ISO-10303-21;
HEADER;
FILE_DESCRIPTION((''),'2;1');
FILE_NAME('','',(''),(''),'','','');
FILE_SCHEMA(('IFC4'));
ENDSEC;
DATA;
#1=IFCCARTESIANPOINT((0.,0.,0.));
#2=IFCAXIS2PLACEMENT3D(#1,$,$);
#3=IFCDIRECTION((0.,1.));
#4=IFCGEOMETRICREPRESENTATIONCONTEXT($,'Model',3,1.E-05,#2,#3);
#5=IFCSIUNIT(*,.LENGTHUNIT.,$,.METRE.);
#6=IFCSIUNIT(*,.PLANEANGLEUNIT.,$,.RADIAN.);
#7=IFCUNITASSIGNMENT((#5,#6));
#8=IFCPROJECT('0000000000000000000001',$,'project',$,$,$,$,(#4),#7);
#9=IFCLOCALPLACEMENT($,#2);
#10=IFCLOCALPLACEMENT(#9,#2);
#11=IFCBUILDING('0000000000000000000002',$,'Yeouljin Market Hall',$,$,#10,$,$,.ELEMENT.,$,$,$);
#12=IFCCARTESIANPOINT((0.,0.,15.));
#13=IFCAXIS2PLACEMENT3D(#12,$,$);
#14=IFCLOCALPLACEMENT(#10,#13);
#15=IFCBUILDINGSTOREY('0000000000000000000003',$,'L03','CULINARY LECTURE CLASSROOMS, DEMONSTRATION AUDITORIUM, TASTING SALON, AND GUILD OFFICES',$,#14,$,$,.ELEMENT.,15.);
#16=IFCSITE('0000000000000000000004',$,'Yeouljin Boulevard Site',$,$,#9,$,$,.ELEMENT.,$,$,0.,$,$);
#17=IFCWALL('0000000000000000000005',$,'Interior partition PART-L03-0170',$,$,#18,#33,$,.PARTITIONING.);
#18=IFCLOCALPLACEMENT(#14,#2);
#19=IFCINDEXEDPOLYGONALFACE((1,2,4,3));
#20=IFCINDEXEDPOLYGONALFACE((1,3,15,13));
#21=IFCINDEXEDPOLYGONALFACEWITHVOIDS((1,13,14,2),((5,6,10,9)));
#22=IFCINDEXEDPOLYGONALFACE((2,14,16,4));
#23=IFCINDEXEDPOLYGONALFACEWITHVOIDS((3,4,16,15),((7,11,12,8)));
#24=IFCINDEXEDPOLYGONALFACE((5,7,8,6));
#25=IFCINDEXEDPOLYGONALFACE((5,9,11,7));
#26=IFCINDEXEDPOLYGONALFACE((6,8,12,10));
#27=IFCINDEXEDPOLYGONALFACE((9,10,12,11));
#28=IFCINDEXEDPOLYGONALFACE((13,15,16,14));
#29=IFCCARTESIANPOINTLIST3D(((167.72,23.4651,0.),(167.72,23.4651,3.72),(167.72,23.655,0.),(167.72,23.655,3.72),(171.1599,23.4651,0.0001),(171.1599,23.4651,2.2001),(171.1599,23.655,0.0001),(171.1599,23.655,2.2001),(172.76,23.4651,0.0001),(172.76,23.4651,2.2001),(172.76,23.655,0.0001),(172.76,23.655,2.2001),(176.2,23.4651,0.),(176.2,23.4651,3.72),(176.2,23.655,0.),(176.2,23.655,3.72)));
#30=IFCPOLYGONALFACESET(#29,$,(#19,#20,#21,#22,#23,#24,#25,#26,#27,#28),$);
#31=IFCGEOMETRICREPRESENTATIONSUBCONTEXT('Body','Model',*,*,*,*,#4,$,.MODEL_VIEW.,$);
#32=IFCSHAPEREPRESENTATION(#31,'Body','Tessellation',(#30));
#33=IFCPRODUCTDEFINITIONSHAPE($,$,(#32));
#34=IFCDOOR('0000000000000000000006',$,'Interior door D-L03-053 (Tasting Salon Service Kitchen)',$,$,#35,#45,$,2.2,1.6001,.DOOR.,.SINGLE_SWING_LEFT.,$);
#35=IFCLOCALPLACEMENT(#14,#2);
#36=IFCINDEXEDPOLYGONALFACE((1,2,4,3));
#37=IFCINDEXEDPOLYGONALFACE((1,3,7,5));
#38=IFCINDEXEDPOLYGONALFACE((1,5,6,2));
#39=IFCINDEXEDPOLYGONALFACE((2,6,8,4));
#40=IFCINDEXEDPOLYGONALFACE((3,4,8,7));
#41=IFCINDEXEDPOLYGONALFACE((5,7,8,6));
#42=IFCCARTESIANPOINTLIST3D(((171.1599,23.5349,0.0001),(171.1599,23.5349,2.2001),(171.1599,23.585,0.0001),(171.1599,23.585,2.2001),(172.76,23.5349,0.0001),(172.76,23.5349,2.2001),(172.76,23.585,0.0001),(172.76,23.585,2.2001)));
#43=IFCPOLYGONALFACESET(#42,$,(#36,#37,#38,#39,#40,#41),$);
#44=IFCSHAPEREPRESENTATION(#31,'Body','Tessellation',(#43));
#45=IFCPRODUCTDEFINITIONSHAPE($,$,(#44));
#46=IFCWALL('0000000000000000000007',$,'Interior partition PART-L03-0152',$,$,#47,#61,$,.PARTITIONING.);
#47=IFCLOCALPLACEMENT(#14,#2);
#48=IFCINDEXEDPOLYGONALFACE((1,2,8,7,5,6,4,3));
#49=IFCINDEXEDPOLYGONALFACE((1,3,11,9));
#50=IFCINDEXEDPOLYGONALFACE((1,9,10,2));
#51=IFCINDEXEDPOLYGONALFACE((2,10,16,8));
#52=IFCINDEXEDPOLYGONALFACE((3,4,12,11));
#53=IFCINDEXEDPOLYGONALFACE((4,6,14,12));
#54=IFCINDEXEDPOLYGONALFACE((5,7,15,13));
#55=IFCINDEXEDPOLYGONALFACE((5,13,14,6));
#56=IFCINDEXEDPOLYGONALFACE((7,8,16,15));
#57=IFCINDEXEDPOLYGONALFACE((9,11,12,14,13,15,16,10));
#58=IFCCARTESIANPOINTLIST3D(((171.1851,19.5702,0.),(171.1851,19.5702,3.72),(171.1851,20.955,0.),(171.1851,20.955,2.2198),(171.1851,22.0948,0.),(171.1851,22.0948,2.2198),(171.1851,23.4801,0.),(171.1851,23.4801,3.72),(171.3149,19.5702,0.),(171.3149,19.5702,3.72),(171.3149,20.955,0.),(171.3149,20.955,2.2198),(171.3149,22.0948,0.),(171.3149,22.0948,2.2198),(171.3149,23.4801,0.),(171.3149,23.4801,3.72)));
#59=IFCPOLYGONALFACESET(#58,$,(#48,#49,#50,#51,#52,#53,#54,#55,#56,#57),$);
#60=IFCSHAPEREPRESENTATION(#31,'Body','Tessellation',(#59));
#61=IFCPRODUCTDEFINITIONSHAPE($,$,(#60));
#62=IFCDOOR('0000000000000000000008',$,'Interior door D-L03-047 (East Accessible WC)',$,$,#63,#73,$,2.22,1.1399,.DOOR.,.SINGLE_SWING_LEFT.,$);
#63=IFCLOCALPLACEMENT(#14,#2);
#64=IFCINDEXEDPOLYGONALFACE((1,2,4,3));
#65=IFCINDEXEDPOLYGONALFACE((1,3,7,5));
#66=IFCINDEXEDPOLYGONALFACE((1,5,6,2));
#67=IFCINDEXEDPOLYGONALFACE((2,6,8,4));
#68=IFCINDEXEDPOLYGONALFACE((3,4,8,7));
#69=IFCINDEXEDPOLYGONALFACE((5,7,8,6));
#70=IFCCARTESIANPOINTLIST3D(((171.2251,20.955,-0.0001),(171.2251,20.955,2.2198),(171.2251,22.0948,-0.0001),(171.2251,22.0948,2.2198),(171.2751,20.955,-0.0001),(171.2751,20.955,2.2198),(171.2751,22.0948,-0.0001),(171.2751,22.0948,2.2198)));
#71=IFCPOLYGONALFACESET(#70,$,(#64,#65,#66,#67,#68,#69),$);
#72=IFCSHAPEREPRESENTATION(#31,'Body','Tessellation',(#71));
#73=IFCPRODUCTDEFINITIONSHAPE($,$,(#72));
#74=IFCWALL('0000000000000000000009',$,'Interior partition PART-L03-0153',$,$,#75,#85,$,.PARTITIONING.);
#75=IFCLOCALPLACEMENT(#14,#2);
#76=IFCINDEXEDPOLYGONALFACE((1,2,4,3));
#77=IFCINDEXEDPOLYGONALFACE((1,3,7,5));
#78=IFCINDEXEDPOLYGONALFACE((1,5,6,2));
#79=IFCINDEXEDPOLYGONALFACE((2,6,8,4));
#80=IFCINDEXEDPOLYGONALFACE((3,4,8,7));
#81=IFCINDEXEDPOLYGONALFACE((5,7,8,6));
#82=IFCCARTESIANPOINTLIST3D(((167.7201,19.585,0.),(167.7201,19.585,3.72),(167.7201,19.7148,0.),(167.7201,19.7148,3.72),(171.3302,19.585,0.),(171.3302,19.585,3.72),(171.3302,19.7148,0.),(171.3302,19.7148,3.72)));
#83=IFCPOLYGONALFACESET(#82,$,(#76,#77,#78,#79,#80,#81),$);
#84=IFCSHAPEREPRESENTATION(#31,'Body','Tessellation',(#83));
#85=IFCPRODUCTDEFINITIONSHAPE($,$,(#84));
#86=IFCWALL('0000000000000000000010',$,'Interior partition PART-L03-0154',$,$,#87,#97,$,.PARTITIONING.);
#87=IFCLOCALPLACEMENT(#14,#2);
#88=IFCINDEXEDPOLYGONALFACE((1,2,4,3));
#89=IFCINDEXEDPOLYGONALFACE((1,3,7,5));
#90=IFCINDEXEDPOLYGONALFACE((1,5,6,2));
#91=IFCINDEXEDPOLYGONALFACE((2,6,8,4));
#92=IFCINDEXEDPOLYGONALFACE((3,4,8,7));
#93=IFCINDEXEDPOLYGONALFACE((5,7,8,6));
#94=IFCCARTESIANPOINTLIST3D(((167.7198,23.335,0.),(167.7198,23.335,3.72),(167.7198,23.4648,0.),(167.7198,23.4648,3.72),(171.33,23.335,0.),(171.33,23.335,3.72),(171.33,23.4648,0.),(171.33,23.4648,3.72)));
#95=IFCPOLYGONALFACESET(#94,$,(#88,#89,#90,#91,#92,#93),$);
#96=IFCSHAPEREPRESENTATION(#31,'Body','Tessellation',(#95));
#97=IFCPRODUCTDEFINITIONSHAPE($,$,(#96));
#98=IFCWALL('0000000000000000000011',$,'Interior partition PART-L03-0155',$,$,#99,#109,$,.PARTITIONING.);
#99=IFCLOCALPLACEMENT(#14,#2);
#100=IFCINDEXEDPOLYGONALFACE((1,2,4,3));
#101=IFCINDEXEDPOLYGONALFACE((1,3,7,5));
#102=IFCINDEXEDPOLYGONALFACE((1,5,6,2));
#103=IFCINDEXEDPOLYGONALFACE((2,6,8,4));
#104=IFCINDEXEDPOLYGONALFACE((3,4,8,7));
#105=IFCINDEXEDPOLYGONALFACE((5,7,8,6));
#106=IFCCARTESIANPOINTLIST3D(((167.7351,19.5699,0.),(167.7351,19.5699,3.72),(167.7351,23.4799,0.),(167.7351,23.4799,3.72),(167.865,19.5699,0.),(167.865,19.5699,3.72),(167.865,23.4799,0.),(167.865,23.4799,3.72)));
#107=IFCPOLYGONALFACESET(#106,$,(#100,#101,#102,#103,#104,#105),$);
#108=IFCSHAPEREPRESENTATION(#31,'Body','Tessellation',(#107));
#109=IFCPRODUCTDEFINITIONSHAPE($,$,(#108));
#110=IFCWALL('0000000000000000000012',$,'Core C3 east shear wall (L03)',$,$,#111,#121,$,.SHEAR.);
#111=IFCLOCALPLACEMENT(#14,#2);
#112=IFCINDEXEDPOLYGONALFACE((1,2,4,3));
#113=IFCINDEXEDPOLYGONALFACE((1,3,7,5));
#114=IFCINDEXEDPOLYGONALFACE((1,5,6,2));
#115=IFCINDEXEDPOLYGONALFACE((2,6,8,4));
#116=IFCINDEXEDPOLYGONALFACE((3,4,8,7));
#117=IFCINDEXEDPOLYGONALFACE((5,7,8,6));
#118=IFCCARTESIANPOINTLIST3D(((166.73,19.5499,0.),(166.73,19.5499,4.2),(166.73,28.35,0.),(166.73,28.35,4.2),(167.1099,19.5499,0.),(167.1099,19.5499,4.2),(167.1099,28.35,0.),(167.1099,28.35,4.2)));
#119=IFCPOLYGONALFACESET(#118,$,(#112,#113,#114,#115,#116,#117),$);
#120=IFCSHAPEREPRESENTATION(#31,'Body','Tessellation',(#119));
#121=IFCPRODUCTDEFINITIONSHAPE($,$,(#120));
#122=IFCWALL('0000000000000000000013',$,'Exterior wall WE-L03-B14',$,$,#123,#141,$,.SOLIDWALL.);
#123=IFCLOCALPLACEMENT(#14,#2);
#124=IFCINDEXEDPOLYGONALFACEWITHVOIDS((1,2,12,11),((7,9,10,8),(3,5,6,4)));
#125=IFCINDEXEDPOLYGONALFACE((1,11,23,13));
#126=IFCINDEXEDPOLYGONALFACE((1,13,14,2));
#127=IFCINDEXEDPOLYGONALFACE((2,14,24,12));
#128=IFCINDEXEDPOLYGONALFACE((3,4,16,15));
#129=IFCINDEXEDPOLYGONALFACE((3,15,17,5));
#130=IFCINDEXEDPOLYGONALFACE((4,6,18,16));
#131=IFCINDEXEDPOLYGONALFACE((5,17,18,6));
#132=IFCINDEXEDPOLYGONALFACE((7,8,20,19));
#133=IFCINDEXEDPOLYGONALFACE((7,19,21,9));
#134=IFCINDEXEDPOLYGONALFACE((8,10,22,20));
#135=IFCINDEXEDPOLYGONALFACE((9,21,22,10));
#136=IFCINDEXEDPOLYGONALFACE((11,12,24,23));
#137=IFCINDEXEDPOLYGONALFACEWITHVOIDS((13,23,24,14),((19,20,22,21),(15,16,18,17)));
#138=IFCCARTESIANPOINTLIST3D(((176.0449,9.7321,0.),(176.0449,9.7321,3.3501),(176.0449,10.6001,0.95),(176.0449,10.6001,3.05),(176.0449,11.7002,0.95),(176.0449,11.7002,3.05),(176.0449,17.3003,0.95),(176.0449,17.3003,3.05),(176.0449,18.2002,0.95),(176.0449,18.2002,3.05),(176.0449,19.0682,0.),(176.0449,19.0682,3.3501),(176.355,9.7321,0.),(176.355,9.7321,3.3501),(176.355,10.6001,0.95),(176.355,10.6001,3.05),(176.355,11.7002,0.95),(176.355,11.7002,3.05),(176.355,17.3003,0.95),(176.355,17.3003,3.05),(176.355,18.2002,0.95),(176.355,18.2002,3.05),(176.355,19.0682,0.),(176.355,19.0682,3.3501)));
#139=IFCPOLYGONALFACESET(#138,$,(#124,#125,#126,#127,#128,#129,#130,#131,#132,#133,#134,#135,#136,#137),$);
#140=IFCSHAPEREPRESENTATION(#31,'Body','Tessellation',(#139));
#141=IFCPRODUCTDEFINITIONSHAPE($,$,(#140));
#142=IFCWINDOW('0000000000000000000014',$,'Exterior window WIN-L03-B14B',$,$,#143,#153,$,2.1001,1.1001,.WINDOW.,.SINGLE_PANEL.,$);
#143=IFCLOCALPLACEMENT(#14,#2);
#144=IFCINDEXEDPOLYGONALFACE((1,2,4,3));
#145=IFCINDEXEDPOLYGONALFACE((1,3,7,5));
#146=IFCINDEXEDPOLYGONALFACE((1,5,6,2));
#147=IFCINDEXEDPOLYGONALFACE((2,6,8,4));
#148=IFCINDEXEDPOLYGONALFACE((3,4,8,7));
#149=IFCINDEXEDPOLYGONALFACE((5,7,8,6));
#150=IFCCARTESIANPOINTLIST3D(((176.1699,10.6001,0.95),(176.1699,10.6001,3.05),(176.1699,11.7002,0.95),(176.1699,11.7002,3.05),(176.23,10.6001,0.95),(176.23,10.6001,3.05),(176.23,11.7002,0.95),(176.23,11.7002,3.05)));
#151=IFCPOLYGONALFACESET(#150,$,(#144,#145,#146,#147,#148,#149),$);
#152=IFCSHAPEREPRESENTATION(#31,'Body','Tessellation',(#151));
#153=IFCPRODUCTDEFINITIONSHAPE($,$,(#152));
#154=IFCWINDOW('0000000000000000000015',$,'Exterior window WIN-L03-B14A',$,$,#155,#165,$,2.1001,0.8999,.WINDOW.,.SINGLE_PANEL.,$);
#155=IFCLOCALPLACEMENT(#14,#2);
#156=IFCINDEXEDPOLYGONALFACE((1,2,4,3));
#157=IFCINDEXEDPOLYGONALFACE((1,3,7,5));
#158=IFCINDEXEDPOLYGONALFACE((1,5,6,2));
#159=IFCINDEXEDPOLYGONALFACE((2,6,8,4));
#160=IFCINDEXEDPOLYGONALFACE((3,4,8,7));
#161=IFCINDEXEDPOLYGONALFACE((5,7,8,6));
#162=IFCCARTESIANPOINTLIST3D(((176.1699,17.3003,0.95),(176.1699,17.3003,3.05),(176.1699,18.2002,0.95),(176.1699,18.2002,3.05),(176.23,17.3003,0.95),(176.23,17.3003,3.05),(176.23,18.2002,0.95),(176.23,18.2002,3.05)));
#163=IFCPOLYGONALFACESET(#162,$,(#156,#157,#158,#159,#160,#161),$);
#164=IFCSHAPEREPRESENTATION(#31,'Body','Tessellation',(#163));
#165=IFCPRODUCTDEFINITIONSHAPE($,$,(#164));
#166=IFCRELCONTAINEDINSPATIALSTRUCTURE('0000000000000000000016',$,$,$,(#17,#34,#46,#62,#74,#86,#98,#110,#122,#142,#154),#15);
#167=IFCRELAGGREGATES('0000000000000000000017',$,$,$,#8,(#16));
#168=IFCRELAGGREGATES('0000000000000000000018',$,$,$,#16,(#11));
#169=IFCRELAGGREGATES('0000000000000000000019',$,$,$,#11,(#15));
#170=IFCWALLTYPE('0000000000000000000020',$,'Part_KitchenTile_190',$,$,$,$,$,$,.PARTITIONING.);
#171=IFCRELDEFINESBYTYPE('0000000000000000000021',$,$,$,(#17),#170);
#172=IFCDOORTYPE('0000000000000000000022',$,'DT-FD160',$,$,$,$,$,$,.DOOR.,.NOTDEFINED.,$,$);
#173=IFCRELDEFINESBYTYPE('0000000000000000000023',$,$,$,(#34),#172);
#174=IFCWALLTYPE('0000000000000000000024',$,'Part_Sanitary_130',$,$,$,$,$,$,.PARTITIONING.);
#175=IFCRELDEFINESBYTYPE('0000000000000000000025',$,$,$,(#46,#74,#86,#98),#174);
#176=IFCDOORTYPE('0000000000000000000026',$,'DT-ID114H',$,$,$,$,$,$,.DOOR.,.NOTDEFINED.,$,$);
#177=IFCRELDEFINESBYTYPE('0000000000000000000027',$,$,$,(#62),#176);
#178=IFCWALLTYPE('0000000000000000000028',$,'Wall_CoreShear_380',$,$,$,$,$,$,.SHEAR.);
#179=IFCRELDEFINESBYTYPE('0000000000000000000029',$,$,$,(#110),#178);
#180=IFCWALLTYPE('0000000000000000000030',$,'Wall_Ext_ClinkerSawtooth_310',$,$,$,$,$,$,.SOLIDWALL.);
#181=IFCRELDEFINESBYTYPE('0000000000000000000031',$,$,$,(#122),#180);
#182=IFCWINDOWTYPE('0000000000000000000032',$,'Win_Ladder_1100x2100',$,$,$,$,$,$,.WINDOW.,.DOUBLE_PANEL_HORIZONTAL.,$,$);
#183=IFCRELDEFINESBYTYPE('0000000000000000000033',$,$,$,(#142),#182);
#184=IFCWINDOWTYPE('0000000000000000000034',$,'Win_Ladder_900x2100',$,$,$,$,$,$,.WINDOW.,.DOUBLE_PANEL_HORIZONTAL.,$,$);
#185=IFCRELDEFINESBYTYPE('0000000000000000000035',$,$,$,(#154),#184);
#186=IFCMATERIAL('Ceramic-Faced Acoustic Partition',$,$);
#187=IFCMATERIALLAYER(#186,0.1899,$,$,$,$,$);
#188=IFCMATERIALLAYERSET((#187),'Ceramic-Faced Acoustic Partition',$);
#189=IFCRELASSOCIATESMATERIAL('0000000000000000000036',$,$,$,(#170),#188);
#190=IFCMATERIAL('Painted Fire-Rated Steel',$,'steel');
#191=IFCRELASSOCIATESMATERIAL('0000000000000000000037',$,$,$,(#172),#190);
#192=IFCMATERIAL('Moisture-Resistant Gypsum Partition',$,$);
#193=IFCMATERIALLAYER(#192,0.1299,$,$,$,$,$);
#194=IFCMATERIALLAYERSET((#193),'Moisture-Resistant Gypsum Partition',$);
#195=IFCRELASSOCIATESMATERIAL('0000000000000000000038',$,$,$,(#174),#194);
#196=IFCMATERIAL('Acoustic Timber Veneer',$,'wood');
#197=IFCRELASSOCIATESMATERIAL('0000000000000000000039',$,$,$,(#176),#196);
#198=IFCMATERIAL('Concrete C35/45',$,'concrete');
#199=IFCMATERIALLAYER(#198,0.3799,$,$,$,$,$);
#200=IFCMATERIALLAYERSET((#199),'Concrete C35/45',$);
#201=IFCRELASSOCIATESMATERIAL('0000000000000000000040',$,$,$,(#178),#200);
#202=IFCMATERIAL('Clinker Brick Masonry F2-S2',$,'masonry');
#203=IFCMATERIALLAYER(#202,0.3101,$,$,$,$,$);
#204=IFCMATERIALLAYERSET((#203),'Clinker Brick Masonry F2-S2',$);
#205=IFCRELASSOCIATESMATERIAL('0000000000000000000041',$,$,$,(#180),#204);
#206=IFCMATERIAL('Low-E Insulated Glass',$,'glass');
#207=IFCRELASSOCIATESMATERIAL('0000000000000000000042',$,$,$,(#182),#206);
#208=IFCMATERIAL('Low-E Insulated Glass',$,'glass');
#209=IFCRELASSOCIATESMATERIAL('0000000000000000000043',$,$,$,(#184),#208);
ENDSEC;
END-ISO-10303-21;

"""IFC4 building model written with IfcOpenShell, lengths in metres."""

from ifc_helpers import new_model, si_unit, direction, frame, frame_2d, origin, place, context, subcontext, project, spatial, rectangle, extrude, material, layer, layer_set, type_object, element, fill, save


model = new_model("IFC4")

# Units and contexts
model_context = context("Model", 3, precision=1e-05, world=origin(), true_north=direction((0.0, 1.0)))
body_context = subcontext(model_context, "Body", "Model", "MODEL_VIEW")
ifc_project = project(units=[si_unit("LENGTHUNIT", "METRE"), si_unit("PLANEANGLEUNIT", "RADIAN")], contexts=[model_context])

# Site, building, storey
site_placement = place(None, origin())
site = spatial("IfcSite", under=ifc_project, at=site_placement, Name="Yeouljin Boulevard Site", CompositionType="ELEMENT", RefElevation=0.0)
building_placement = place(site_placement, origin())
building = spatial("IfcBuilding", under=site, at=building_placement, Name="Yeouljin Market Hall", CompositionType="ELEMENT")
storey_placement = place(building_placement, frame((0.0, 0.0, 15.0)))
storey = spatial("IfcBuildingStorey", under=building, at=storey_placement, Name="L03", Description="CULINARY LECTURE CLASSROOMS, DEMONSTRATION AUDITORIUM, TASTING SALON, AND GUILD OFFICES", CompositionType="ELEMENT", Elevation=15.0)

# Walls, openings, doors
ifc_material_1 = material(Name="Ceramic-Faced Acoustic Partition")
ifc_layer_1 = layer(ifc_material_1, 0.1899)
ifc_layer_set_1 = layer_set([ifc_layer_1], Name="Ceramic-Faced Acoustic Partition")
wall_type_1 = type_object("IfcWallType", Name="Part_KitchenTile_190", PredefinedType="PARTITIONING", material=ifc_layer_set_1)
wall_1_placement = place(storey_placement, frame((167.72, 23.5601, 0.0), z_axis=(0.0, 0.0, 1.0), x_axis=(1.0, 0.0, 0.0)))
wall_1 = element("IfcWall", 1, at=wall_1_placement, inside=storey, type_object=wall_type_1, Name="Interior partition PART-L03-0170", PredefinedType="PARTITIONING", context=body_context, shape_type="SweptSolid", body=[
    extrude(rectangle(XDim=8.48, YDim=0.1899, at=frame_2d((4.24, 0.0))), origin(), (0.0, 0.0, 1.0), 3.72),
])
opening_1_placement = place(wall_1_placement, frame((3.4399, 0.0, 0.0)))
opening_1 = element("IfcOpeningElement", 2, at=opening_1_placement, cuts=wall_1, PredefinedType="OPENING", context=body_context, shape_type="SweptSolid", body=[
    extrude(rectangle(XDim=1.6001, YDim=2.2, at=frame_2d((0.8, 1.1001))), frame((0.0, 0.105, 0.0), z_axis=(0.0, -1.0, 0.0), x_axis=(1.0, 0.0, 0.0)), (0.0, 0.0, 1.0), 0.21),
])
ifc_material_2 = material(Name="Painted Fire-Rated Steel", Category="steel")
door_type_1 = type_object("IfcDoorType", Name="DT-FD160", OperationType="NOTDEFINED", PredefinedType="DOOR", material=ifc_material_2)
door_1_placement = place(opening_1_placement, origin())
door_1 = element("IfcDoor", 3, at=door_1_placement, inside=storey, type_object=door_type_1, Name="Interior door D-L03-053 (Tasting Salon Service Kitchen)", OperationType="SINGLE_SWING_LEFT", OverallHeight=2.2, OverallWidth=1.6001, PredefinedType="DOOR", context=body_context, shape_type="SweptSolid", body=[
    extrude(rectangle(XDim=1.6001, YDim=2.2, at=frame_2d((0.8, 1.1001))), frame((0.0, 0.0249, 0.0), z_axis=(0.0, -1.0, 0.0), x_axis=(1.0, 0.0, 0.0)), (0.0, 0.0, 1.0), 0.05),
])
fill(opening_1, door_1)
ifc_material_3 = material(Name="Moisture-Resistant Gypsum Partition")
ifc_layer_2 = layer(ifc_material_3, 0.1299)
ifc_layer_set_2 = layer_set([ifc_layer_2], Name="Moisture-Resistant Gypsum Partition")
wall_type_2 = type_object("IfcWallType", Name="Part_Sanitary_130", PredefinedType="PARTITIONING", material=ifc_layer_set_2)
wall_2_placement = place(storey_placement, frame((171.25, 19.5701, 0.0), z_axis=(0.0, 0.0, 1.0), x_axis=(0.0, 1.0, 0.0)))
wall_2 = element("IfcWall", 4, at=wall_2_placement, inside=storey, type_object=wall_type_2, Name="Interior partition PART-L03-0152", PredefinedType="PARTITIONING", context=body_context, shape_type="SweptSolid", body=[
    extrude(rectangle(XDim=3.9099, YDim=0.1299, at=frame_2d((1.9551, 0.0))), origin(), (0.0, 0.0, 1.0), 3.72),
])
opening_2_placement = place(wall_2_placement, frame((1.385, 0.0, 0.0)))
opening_2 = element("IfcOpeningElement", 5, at=opening_2_placement, cuts=wall_2, PredefinedType="OPENING", context=body_context, shape_type="SweptSolid", body=[
    extrude(rectangle(XDim=1.1399, YDim=2.22, at=frame_2d((0.5698, 1.1099))), frame((0.0, 0.075, 0.0), z_axis=(0.0, -1.0, 0.0), x_axis=(1.0, 0.0, 0.0)), (0.0, 0.0, 1.0), 0.1499),
])
ifc_material_4 = material(Name="Acoustic Timber Veneer", Category="wood")
door_type_2 = type_object("IfcDoorType", Name="DT-ID114H", OperationType="NOTDEFINED", PredefinedType="DOOR", material=ifc_material_4)
door_2_placement = place(opening_2_placement, origin())
door_2 = element("IfcDoor", 6, at=door_2_placement, inside=storey, type_object=door_type_2, Name="Interior door D-L03-047 (East Accessible WC)", OperationType="SINGLE_SWING_LEFT", OverallHeight=2.22, OverallWidth=1.1399, PredefinedType="DOOR", context=body_context, shape_type="SweptSolid", body=[
    extrude(rectangle(XDim=1.1399, YDim=2.22, at=frame_2d((0.5698, 1.1099))), frame((0.0, 0.0249, 0.0), z_axis=(0.0, -1.0, 0.0), x_axis=(1.0, 0.0, 0.0)), (0.0, 0.0, 1.0), 0.05),
])
fill(opening_2, door_2)

# Walls
for number, where, z_axis, x_axis, name in (
    (7, (167.72, 19.6499, 0.0), (0.0, 0.0, 1.0), (1.0, 0.0, 0.0), "Interior partition PART-L03-0153"),
    (8, (171.3301, 23.3999, 0.0), (0.0, 0.0, 1.0), (-1.0, 0.0, 0.0), "Interior partition PART-L03-0154"),
):
    element("IfcWall", number, at=place(storey_placement, frame(where, z_axis=z_axis, x_axis=x_axis)), inside=storey, type_object=wall_type_2, Name=name, PredefinedType="PARTITIONING", context=body_context, shape_type="SweptSolid", body=[
        extrude(rectangle(XDim=3.6101, YDim=0.1299, at=frame_2d((1.8052, 0.0))), origin(), (0.0, 0.0, 1.0), 3.72),
    ])
wall_3_placement = place(storey_placement, frame((167.8, 23.48, 0.0), z_axis=(0.0, 0.0, 1.0), x_axis=(0.0, -1.0, 0.0)))
element("IfcWall", 9, at=wall_3_placement, inside=storey, type_object=wall_type_2, Name="Interior partition PART-L03-0155", PredefinedType="PARTITIONING", context=body_context, shape_type="SweptSolid", body=[
    extrude(rectangle(XDim=3.9099, YDim=0.1299, at=frame_2d((1.9551, 0.0))), origin(), (0.0, 0.0, 1.0), 3.72),
])

# Wall
ifc_material_5 = material(Name="Concrete C35/45", Category="concrete")
ifc_layer_3 = layer(ifc_material_5, 0.3799)
ifc_layer_set_3 = layer_set([ifc_layer_3], Name="Concrete C35/45")
wall_type_3 = type_object("IfcWallType", Name="Wall_CoreShear_380", PredefinedType="SHEAR", material=ifc_layer_set_3)
wall_4_placement = place(storey_placement, frame((166.9199, 19.55, 0.0), z_axis=(0.0, 0.0, 1.0), x_axis=(0.0, 1.0, 0.0)))
element("IfcWall", 10, at=wall_4_placement, inside=storey, type_object=wall_type_3, Name="Core C3 east shear wall (L03)", PredefinedType="SHEAR", context=body_context, shape_type="SweptSolid", body=[
    extrude(rectangle(XDim=8.8, YDim=0.3799, at=frame_2d((4.3999, 0.0))), origin(), (0.0, 0.0, 1.0), 4.2),
])

# Wall, openings, windows
ifc_material_6 = material(Name="Clinker Brick Masonry F2-S2", Category="masonry")
ifc_layer_4 = layer(ifc_material_6, 0.3101)
ifc_layer_set_4 = layer_set([ifc_layer_4], Name="Clinker Brick Masonry F2-S2")
wall_type_4 = type_object("IfcWallType", Name="Wall_Ext_ClinkerSawtooth_310", PredefinedType="SOLIDWALL", material=ifc_layer_set_4)
wall_5_placement = place(storey_placement, frame((176.2, 19.0681, 0.0), z_axis=(0.0, 0.0, 1.0), x_axis=(0.0, -1.0, 0.0)))
wall_5 = element("IfcWall", 11, at=wall_5_placement, inside=storey, type_object=wall_type_4, Name="Exterior wall WE-L03-B14", PredefinedType="SOLIDWALL", context=body_context, shape_type="SweptSolid", body=[
    extrude(rectangle(XDim=9.3362, YDim=0.3101, at=frame_2d((4.668, 0.0))), origin(), (0.0, 0.0, 1.0), 3.3501),
])
opening_3_placement = place(wall_5_placement, frame((0.8679, 0.0, 0.95)))
opening_3 = element("IfcOpeningElement", 12, at=opening_3_placement, cuts=wall_5, PredefinedType="OPENING", context=body_context, shape_type="SweptSolid", body=[
    extrude(rectangle(XDim=0.8999, YDim=2.1001, at=frame_2d((0.45, 1.05))), frame((0.0, 0.165, 0.0), z_axis=(0.0, -1.0, 0.0), x_axis=(1.0, 0.0, 0.0)), (0.0, 0.0, 1.0), 0.3301),
])
opening_4_placement = place(wall_5_placement, frame((7.3679, 0.0, 0.95)))
opening_4 = element("IfcOpeningElement", 13, at=opening_4_placement, cuts=wall_5, PredefinedType="OPENING", context=body_context, shape_type="SweptSolid", body=[
    extrude(rectangle(XDim=1.1001, YDim=2.1001, at=frame_2d((0.55, 1.05))), frame((0.0, 0.165, 0.0), z_axis=(0.0, -1.0, 0.0), x_axis=(1.0, 0.0, 0.0)), (0.0, 0.0, 1.0), 0.3301),
])
ifc_material_7 = material(Name="Low-E Insulated Glass", Category="glass")
window_type_1 = type_object("IfcWindowType", Name="Win_Ladder_1100x2100", PartitioningType="DOUBLE_PANEL_HORIZONTAL", PredefinedType="WINDOW", material=ifc_material_7)
window_1_placement = place(opening_4_placement, origin())
window_1 = element("IfcWindow", 14, at=window_1_placement, inside=storey, type_object=window_type_1, Name="Exterior window WIN-L03-B14B", OverallHeight=2.1001, OverallWidth=1.1001, PartitioningType="SINGLE_PANEL", PredefinedType="WINDOW", context=body_context, shape_type="SweptSolid", body=[
    extrude(rectangle(XDim=1.1001, YDim=2.1001, at=frame_2d((0.55, 1.05))), frame((0.0, 0.03, 0.0), z_axis=(0.0, -1.0, 0.0), x_axis=(1.0, 0.0, 0.0)), (0.0, 0.0, 1.0), 0.0601),
])
fill(opening_4, window_1)
ifc_material_8 = material(Name="Low-E Insulated Glass", Category="glass")
window_type_2 = type_object("IfcWindowType", Name="Win_Ladder_900x2100", PartitioningType="DOUBLE_PANEL_HORIZONTAL", PredefinedType="WINDOW", material=ifc_material_8)
window_2_placement = place(opening_3_placement, origin())
window_2 = element("IfcWindow", 15, at=window_2_placement, inside=storey, type_object=window_type_2, Name="Exterior window WIN-L03-B14A", OverallHeight=2.1001, OverallWidth=0.8999, PartitioningType="SINGLE_PANEL", PredefinedType="WINDOW", context=body_context, shape_type="SweptSolid", body=[
    extrude(rectangle(XDim=0.8999, YDim=2.1001, at=frame_2d((0.45, 1.05))), frame((0.0, 0.03, 0.0), z_axis=(0.0, -1.0, 0.0), x_axis=(1.0, 0.0, 0.0)), (0.0, 0.0, 1.0), 0.0601),
])
fill(opening_3, window_2)

save(model, "model.ifc")
